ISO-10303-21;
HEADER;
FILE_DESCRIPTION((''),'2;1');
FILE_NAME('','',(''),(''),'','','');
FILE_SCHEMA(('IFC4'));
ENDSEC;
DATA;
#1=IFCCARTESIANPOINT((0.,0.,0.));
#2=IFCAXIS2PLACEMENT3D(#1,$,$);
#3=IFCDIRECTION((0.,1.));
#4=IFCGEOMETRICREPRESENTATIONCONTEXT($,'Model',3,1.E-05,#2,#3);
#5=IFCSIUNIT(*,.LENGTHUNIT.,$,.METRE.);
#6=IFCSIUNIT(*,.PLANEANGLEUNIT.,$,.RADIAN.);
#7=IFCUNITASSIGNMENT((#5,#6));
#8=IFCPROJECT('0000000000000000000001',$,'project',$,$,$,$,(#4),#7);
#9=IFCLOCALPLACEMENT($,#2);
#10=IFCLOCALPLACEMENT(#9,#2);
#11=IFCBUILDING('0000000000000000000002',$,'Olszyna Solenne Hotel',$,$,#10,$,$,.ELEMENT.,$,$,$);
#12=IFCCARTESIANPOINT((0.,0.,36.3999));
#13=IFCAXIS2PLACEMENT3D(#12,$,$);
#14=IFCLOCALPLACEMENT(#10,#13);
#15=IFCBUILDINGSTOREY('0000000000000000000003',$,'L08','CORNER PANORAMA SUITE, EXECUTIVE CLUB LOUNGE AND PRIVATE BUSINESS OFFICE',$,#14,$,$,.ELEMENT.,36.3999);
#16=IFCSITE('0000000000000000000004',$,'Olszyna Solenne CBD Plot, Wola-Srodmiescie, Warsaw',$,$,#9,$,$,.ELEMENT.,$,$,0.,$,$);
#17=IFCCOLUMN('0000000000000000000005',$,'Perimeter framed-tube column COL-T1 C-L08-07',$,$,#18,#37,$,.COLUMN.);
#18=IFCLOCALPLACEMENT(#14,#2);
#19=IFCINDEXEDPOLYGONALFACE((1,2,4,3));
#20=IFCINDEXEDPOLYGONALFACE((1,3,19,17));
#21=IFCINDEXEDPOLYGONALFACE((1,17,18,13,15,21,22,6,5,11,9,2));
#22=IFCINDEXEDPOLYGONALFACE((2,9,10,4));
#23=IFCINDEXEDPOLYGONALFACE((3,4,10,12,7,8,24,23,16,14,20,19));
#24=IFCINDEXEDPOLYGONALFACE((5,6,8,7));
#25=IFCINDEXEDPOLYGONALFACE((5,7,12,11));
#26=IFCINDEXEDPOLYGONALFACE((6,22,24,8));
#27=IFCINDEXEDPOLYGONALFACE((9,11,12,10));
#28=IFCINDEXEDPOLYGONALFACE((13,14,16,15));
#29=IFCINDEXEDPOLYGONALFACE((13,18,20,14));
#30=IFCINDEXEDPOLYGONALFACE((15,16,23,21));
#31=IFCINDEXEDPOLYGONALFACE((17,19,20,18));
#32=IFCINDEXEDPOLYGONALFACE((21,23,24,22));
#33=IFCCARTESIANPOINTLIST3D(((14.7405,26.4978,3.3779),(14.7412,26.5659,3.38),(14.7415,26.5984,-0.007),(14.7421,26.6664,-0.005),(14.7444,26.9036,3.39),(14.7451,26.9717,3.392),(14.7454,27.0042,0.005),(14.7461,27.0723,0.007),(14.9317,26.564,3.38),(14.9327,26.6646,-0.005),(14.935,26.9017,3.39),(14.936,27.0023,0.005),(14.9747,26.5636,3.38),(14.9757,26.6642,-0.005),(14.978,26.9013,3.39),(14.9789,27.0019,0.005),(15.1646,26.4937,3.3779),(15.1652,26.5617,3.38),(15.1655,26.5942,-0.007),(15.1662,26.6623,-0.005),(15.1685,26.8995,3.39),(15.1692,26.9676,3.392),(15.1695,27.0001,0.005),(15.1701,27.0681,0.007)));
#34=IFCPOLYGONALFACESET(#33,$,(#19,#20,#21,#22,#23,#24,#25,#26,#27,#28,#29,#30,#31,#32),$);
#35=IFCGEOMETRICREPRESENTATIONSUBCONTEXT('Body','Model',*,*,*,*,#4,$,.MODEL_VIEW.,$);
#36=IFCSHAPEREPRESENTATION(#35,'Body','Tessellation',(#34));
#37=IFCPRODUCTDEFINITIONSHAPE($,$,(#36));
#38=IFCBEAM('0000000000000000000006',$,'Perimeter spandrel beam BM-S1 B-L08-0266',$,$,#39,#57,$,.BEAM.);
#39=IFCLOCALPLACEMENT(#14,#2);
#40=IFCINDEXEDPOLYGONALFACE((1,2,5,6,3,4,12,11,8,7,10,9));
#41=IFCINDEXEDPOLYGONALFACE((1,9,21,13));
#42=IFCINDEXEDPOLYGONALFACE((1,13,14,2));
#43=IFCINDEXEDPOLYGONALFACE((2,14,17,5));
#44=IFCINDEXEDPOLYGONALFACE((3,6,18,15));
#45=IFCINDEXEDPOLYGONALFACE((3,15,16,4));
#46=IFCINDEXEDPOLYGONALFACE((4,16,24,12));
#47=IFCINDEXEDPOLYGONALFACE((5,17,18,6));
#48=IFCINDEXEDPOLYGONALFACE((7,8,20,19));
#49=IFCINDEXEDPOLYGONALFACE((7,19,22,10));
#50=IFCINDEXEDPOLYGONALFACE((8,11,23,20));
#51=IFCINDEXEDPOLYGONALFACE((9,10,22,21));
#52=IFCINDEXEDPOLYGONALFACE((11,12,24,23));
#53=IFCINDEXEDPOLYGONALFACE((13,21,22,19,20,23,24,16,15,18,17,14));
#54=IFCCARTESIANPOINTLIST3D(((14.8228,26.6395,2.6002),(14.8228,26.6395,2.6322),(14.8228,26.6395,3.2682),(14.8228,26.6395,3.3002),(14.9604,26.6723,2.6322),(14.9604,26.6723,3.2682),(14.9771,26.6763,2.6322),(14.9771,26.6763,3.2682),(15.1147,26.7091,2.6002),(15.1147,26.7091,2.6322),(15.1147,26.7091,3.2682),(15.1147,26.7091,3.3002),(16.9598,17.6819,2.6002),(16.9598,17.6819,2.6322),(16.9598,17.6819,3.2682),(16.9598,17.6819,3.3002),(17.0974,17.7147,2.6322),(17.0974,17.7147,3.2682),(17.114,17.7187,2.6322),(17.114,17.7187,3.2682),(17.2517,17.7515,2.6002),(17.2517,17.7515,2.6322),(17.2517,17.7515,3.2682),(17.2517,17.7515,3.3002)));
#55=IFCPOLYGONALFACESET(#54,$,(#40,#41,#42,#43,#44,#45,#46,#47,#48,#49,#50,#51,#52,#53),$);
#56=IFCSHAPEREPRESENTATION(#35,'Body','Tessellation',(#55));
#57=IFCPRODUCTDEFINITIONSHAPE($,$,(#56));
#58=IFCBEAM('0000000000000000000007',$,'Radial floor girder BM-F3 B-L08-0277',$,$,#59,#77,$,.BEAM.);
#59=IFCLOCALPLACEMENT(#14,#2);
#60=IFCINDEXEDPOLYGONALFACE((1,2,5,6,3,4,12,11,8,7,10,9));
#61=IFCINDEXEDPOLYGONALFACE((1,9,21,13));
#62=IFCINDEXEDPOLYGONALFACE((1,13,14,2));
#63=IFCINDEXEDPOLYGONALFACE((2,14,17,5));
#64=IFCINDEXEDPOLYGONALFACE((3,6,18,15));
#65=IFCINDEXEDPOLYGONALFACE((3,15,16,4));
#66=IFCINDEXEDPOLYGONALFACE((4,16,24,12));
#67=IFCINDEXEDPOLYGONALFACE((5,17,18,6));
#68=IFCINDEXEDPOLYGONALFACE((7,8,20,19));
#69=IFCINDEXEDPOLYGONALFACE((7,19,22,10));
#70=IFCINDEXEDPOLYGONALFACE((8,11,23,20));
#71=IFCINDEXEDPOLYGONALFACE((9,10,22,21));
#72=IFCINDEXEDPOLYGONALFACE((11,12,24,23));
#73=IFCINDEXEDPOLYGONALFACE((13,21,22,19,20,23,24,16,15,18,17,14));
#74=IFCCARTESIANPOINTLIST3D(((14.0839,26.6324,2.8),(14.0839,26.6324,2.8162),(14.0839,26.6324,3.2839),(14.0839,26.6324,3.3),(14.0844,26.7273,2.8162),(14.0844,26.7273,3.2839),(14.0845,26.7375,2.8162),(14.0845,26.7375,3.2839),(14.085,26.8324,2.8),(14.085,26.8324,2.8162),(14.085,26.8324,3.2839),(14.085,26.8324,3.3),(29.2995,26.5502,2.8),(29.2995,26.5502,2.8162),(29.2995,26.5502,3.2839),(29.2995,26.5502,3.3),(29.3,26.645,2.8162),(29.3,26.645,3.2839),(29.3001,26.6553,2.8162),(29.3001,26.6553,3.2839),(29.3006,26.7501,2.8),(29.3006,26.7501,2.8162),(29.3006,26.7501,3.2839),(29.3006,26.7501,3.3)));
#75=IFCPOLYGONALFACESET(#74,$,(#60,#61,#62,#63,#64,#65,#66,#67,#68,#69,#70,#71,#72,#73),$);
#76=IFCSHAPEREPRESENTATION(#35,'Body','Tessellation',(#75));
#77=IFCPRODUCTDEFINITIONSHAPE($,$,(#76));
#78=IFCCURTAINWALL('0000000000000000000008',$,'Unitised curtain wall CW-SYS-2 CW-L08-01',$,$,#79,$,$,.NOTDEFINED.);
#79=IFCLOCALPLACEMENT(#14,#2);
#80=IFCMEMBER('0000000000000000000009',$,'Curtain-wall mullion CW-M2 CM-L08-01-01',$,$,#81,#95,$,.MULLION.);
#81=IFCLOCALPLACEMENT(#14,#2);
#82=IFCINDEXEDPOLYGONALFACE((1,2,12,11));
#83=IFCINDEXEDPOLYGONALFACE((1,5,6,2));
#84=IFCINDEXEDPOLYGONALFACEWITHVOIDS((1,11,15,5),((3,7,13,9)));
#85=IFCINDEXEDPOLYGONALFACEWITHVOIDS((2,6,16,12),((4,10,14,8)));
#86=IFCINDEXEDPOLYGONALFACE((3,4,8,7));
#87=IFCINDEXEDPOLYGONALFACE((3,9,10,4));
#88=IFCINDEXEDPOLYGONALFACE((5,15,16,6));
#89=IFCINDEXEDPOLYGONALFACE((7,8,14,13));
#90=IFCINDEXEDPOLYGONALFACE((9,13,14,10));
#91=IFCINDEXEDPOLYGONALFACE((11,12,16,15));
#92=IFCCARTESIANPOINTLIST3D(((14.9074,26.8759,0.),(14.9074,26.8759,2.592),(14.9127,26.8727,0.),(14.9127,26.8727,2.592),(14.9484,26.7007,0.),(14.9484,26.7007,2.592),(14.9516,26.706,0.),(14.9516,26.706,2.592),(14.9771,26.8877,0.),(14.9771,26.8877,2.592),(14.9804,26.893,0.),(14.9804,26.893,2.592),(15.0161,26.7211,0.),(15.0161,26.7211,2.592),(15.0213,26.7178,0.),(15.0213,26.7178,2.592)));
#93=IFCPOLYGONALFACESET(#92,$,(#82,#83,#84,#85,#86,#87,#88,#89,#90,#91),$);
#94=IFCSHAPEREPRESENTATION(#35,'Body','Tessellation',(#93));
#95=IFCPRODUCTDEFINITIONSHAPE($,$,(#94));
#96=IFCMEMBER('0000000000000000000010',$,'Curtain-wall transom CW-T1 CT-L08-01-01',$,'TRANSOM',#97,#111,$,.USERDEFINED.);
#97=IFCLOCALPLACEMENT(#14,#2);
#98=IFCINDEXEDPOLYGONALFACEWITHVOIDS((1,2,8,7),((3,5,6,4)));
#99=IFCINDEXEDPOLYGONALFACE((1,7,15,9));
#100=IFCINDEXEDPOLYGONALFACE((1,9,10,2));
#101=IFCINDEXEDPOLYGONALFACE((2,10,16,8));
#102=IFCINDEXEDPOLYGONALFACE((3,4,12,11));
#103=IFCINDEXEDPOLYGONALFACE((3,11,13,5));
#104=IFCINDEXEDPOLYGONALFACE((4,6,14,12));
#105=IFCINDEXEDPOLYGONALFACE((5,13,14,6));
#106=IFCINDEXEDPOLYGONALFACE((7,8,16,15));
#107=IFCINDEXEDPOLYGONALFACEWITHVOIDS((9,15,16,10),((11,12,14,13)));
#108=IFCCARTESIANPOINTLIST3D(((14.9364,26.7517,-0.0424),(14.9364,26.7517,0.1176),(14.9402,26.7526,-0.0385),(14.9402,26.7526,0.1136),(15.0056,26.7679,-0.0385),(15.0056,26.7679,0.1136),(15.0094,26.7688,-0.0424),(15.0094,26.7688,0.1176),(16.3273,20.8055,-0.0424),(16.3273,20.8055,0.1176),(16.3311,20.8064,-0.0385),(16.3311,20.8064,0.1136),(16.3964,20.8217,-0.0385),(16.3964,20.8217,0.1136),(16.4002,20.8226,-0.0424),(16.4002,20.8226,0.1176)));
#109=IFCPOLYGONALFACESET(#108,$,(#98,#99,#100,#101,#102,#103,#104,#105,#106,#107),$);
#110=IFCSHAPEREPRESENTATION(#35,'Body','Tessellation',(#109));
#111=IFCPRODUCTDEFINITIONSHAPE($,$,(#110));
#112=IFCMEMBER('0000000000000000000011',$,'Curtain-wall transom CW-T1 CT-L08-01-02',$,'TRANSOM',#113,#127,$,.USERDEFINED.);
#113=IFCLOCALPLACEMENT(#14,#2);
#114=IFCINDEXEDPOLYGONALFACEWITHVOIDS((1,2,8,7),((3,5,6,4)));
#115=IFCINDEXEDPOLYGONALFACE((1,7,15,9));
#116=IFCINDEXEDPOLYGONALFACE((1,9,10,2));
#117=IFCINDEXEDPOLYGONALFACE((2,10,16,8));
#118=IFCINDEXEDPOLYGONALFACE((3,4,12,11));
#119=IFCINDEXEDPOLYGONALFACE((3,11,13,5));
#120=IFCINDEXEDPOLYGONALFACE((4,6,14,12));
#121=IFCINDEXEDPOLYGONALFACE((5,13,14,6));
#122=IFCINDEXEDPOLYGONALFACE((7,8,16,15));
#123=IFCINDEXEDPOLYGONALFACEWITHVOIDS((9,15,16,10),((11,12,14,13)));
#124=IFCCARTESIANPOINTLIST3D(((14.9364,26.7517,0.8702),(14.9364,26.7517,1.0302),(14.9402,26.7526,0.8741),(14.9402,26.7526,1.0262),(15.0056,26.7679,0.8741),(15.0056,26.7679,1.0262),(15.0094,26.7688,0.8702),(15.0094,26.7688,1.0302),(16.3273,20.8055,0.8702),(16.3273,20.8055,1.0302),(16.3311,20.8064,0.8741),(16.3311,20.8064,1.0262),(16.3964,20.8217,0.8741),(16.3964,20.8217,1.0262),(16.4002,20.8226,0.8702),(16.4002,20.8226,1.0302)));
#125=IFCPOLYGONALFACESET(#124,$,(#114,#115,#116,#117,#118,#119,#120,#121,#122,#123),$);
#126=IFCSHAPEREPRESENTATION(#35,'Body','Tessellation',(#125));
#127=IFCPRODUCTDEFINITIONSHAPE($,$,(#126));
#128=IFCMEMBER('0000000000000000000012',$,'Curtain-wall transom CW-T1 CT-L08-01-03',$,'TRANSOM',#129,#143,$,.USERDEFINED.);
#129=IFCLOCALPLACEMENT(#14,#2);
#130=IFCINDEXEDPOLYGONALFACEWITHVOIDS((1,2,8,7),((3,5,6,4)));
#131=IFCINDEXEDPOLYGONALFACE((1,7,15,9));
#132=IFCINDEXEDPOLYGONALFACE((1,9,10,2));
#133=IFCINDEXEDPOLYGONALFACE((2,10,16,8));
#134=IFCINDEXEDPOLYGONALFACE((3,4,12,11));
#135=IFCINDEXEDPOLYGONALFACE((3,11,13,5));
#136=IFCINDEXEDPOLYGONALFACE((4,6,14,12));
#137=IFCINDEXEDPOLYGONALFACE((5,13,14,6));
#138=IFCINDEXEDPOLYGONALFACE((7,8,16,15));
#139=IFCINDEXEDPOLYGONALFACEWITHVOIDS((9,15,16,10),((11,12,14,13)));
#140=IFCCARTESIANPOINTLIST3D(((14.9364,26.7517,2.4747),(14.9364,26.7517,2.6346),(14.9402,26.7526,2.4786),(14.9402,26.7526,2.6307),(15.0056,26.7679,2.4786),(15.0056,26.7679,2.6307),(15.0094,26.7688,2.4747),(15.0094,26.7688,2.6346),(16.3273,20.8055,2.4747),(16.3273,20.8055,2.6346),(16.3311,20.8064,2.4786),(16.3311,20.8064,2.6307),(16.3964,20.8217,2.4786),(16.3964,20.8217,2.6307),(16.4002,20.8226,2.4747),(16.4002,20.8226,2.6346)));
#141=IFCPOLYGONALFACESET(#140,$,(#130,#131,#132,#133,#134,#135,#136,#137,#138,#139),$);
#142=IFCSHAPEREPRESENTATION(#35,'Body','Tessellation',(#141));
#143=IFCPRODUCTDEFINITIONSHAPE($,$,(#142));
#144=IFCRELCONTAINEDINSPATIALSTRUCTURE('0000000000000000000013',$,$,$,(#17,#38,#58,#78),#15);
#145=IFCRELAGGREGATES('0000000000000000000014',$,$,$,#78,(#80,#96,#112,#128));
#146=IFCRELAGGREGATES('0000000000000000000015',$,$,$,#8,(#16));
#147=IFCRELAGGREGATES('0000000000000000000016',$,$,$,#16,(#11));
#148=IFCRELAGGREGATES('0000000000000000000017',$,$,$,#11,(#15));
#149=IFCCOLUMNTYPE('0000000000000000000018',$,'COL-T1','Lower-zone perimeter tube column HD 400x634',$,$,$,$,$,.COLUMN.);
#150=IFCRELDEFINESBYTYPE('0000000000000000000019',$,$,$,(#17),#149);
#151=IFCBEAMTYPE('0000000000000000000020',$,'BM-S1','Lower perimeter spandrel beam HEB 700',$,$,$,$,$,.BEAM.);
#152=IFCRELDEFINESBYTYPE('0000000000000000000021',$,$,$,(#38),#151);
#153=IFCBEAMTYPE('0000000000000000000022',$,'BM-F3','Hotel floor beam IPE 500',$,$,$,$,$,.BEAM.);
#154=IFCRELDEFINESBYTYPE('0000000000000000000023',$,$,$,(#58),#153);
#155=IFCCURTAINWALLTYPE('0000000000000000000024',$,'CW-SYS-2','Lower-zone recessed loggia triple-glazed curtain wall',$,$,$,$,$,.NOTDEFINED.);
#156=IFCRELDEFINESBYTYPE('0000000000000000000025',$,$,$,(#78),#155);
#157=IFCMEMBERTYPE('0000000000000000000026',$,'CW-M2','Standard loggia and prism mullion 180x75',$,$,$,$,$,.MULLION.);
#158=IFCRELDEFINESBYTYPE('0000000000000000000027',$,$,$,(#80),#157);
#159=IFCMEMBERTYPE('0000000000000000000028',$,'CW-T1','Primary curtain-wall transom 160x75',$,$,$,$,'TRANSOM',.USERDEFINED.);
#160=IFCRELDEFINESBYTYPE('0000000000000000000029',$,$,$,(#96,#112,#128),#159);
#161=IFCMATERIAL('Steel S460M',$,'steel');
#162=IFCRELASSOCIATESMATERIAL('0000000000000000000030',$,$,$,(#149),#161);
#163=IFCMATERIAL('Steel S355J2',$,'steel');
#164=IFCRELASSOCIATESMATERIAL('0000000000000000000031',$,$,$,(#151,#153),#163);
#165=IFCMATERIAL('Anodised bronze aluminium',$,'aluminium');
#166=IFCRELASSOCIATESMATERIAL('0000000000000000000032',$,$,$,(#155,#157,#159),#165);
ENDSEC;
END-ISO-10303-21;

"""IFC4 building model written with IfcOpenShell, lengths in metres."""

from ifc_helpers import new_model, si_unit, direction, frame, origin, origin_2d, place, context, subcontext, project, spatial, hollow_rectangle, i_section, extrude, source, transform, mapped, material, material_profile, profile_set, type_object, element, aggregate, save


model = new_model("IFC4")

# Units and contexts
model_context = context("Model", 3, precision=1e-05, world=origin(), true_north=direction((0.0, 1.0)))
body_context = subcontext(model_context, "Body", "Model", "MODEL_VIEW")
ifc_project = project(units=[si_unit("LENGTHUNIT", "METRE"), si_unit("PLANEANGLEUNIT", "RADIAN")], contexts=[model_context])

# Site, building, storey
site_placement = place(None, origin())
site = spatial("IfcSite", under=ifc_project, at=site_placement, Name="Olszyna Solenne CBD Plot, Wola-Srodmiescie, Warsaw", CompositionType="ELEMENT", RefElevation=0.0)
building_placement = place(site_placement, origin())
building = spatial("IfcBuilding", under=site, at=building_placement, Name="Olszyna Solenne Hotel", CompositionType="ELEMENT")
storey_placement = place(building_placement, frame((0.0, 0.0, 36.3999)))
storey = spatial("IfcBuildingStorey", under=building, at=storey_placement, Name="L08", Description="CORNER PANORAMA SUITE, EXECUTIVE CLUB LOUNGE AND PRIVATE BUSINESS OFFICE", CompositionType="ELEMENT", Elevation=36.3999)

# Column
ifc_material_1 = material(Name="Steel S460M", Category="steel")
ifc_material_profile_1 = material_profile(ifc_material_1, i_section(OverallWidth=0.4241, OverallDepth=0.4741, WebThickness=0.043, FlangeThickness=0.0681, at=origin_2d()), Name="HD 400x634", Category="load-bearing")
ifc_profile_set_1 = profile_set([ifc_material_profile_1], Name="Steel S460M")
column_type = type_object("IfcColumnType", Name="COL-T1", Description="Lower-zone perimeter tube column HD 400x634", PredefinedType="COLUMN", material=ifc_profile_set_1)
shared_shape_1 = source(origin(), body_context, "Body", "SweptSolid", [
    extrude(i_section(OverallWidth=0.4241, OverallDepth=0.4741, WebThickness=0.043, FlangeThickness=0.0681, at=origin_2d()), origin(), (0.0, 0.0, 1.0), 3.3865),
])
column_placement = place(storey_placement, frame((14.9558, 26.8333, 0.0), z_axis=(-0.000288, -0.029702, 0.999559), x_axis=(0.999953, -0.009708, 0.0)))
element("IfcColumn", 1, at=column_placement, inside=storey, type_object=column_type, Name="Perimeter framed-tube column COL-T1 C-L08-07", PredefinedType="COLUMN", context=body_context, shape_type="MappedRepresentation", body=[
    mapped(shared_shape_1, transform((0.0, 0.0, 0.0), x_axis=(1.0, 0.0, 0.0), y_axis=(0.0, 1.0, 0.0), z_axis=(0.0, 0.0, 1.0), scale=1.0)),
])

# Beams
ifc_material_2 = material(Name="Steel S355J2", Category="steel")
ifc_material_profile_2 = material_profile(ifc_material_2, i_section(OverallWidth=0.3, OverallDepth=0.7, WebThickness=0.0171, FlangeThickness=0.032, at=origin_2d()), Name="HEB 700", Category="load-bearing")
ifc_profile_set_2 = profile_set([ifc_material_profile_2], Name="Steel S355J2")
beam_type_1 = type_object("IfcBeamType", Name="BM-S1", Description="Lower perimeter spandrel beam HEB 700", PredefinedType="BEAM", material=ifc_profile_set_2)
shared_shape_2 = source(origin(), body_context, "Body", "SweptSolid", [
    extrude(i_section(OverallWidth=0.3, OverallDepth=0.7, WebThickness=0.0171, FlangeThickness=0.032, at=origin_2d()), origin(), (0.0, 0.0, 1.0), 9.209),
])
beam_1_placement = place(storey_placement, frame((14.9688, 26.6743, 2.9502), z_axis=(0.232054, -0.972703, 0.0), x_axis=(0.972703, 0.232054, 0.0)))
element("IfcBeam", 2, at=beam_1_placement, inside=storey, type_object=beam_type_1, Name="Perimeter spandrel beam BM-S1 B-L08-0266", PredefinedType="BEAM", context=body_context, shape_type="MappedRepresentation", body=[
    mapped(shared_shape_2, transform((0.0, 0.0, 0.0), x_axis=(1.0, 0.0, 0.0), y_axis=(0.0, 1.0, 0.0), z_axis=(0.0, 0.0, 1.0), scale=1.0)),
])
ifc_material_profile_3 = material_profile(ifc_material_2, i_section(OverallWidth=0.2, OverallDepth=0.5, WebThickness=0.0103, FlangeThickness=0.0161, at=origin_2d()), Name="IPE 500", Category="load-bearing")
ifc_profile_set_3 = profile_set([ifc_material_profile_3], Name="Steel S355J2")
beam_type_2 = type_object("IfcBeamType", Name="BM-F3", Description="Hotel floor beam IPE 500", PredefinedType="BEAM", material=ifc_profile_set_3)
shared_shape_3 = source(origin(), body_context, "Body", "SweptSolid", [
    extrude(i_section(OverallWidth=0.2, OverallDepth=0.5, WebThickness=0.0103, FlangeThickness=0.0161, at=origin_2d()), origin(), (0.0, 0.0, 1.0), 15.2158),
])
beam_2_placement = place(storey_placement, frame((14.0845, 26.7324, 3.05), z_axis=(0.999985, -0.005407, 0.0), x_axis=(0.005407, 0.999985, 0.0)))
element("IfcBeam", 3, at=beam_2_placement, inside=storey, type_object=beam_type_2, Name="Radial floor girder BM-F3 B-L08-0277", PredefinedType="BEAM", context=body_context, shape_type="MappedRepresentation", body=[
    mapped(shared_shape_3, transform((0.0, 0.0, 0.0), x_axis=(1.0, 0.0, 0.0), y_axis=(0.0, 1.0, 0.0), z_axis=(0.0, 0.0, 1.0), scale=1.0)),
])

# Curtain wall, members
ifc_material_3 = material(Name="Anodised bronze aluminium", Category="aluminium")
curtain_wall_type = type_object("IfcCurtainWallType", Name="CW-SYS-2", Description="Lower-zone recessed loggia triple-glazed curtain wall", PredefinedType="NOTDEFINED", material=ifc_material_3)
curtain_wall_placement = place(storey_placement, origin())
curtain_wall = element("IfcCurtainWall", 4, at=curtain_wall_placement, inside=storey, type_object=curtain_wall_type, Name="Unitised curtain wall CW-SYS-2 CW-L08-01", PredefinedType="NOTDEFINED")
ifc_material_profile_4 = material_profile(ifc_material_3, hollow_rectangle(XDim=0.075, YDim=0.1799, WallThickness=0.0044, at=origin_2d()), Name="MULL 180x75x4.5", Category="load-bearing")
ifc_profile_set_4 = profile_set([ifc_material_profile_4], Name="Anodised bronze aluminium")
member_type_1 = type_object("IfcMemberType", Name="CW-M2", Description="Standard loggia and prism mullion 180x75", PredefinedType="MULLION", material=ifc_profile_set_4)
shared_shape_4 = source(origin(), body_context, "Body", "SweptSolid", [
    extrude(hollow_rectangle(XDim=0.075, YDim=0.1799, WallThickness=0.0044, at=origin_2d()), origin(), (0.0, 0.0, 1.0), 2.592),
])
member_1_placement = place(storey_placement, frame((14.9644, 26.7969, 0.0), z_axis=(0.0, 0.0, 1.0), x_axis=(0.97371, 0.22779, 0.0)))
member_1 = element("IfcMember", 5, at=member_1_placement, type_object=member_type_1, Name="Curtain-wall mullion CW-M2 CM-L08-01-01", PredefinedType="MULLION", context=body_context, shape_type="MappedRepresentation", body=[
    mapped(shared_shape_4, transform((0.0, 0.0, 0.0), x_axis=(1.0, 0.0, 0.0), y_axis=(0.0, 1.0, 0.0), z_axis=(0.0, 0.0, 1.0), scale=1.0)),
])
ifc_material_profile_5 = material_profile(ifc_material_3, hollow_rectangle(XDim=0.075, YDim=0.1599, WallThickness=0.0039, at=origin_2d()), Name="TRAN 160x75x4", Category="load-bearing")
ifc_profile_set_5 = profile_set([ifc_material_profile_5], Name="Anodised bronze aluminium")
member_type_2 = type_object("IfcMemberType", Name="CW-T1", Description="Primary curtain-wall transom 160x75", ElementType="TRANSOM", PredefinedType="USERDEFINED", material=ifc_profile_set_5)
shared_shape_5 = source(origin(), body_context, "Body", "SweptSolid", [
    extrude(hollow_rectangle(XDim=0.075, YDim=0.1599, WallThickness=0.0039, at=origin_2d()), origin(), (0.0, 0.0, 1.0), 6.1067),
])
member_2_placement = place(storey_placement, frame((14.9729, 26.7603, 0.0376), z_axis=(0.227758, -0.973718, 0.0), x_axis=(0.973718, 0.227758, 0.0)))
member_2 = element("IfcMember", 6, at=member_2_placement, type_object=member_type_2, Name="Curtain-wall transom CW-T1 CT-L08-01-01", ObjectType="TRANSOM", PredefinedType="USERDEFINED", context=body_context, shape_type="MappedRepresentation", body=[
    mapped(shared_shape_5, transform((0.0, 0.0, 0.0), x_axis=(1.0, 0.0, 0.0), y_axis=(0.0, 1.0, 0.0), z_axis=(0.0, 0.0, 1.0), scale=1.0)),
])
member_3_placement = place(storey_placement, frame((14.9729, 26.7603, 0.9502), z_axis=(0.227758, -0.973718, 0.0), x_axis=(0.973718, 0.227758, 0.0)))
member_3 = element("IfcMember", 7, at=member_3_placement, type_object=member_type_2, Name="Curtain-wall transom CW-T1 CT-L08-01-02", ObjectType="TRANSOM", PredefinedType="USERDEFINED", context=body_context, shape_type="MappedRepresentation", body=[
    mapped(shared_shape_5, transform((0.0, 0.0, 0.0), x_axis=(1.0, 0.0, 0.0), y_axis=(0.0, 1.0, 0.0), z_axis=(0.0, 0.0, 1.0), scale=1.0)),
])
member_4_placement = place(storey_placement, frame((14.9729, 26.7603, 2.5547), z_axis=(0.227758, -0.973718, 0.0), x_axis=(0.973718, 0.227758, 0.0)))
member_4 = element("IfcMember", 8, at=member_4_placement, type_object=member_type_2, Name="Curtain-wall transom CW-T1 CT-L08-01-03", ObjectType="TRANSOM", PredefinedType="USERDEFINED", context=body_context, shape_type="MappedRepresentation", body=[
    mapped(shared_shape_5, transform((0.0, 0.0, 0.0), x_axis=(1.0, 0.0, 0.0), y_axis=(0.0, 1.0, 0.0), z_axis=(0.0, 0.0, 1.0), scale=1.0)),
])
aggregate(curtain_wall, [member_1, member_2, member_3, member_4])

save(model, "model.ifc")
